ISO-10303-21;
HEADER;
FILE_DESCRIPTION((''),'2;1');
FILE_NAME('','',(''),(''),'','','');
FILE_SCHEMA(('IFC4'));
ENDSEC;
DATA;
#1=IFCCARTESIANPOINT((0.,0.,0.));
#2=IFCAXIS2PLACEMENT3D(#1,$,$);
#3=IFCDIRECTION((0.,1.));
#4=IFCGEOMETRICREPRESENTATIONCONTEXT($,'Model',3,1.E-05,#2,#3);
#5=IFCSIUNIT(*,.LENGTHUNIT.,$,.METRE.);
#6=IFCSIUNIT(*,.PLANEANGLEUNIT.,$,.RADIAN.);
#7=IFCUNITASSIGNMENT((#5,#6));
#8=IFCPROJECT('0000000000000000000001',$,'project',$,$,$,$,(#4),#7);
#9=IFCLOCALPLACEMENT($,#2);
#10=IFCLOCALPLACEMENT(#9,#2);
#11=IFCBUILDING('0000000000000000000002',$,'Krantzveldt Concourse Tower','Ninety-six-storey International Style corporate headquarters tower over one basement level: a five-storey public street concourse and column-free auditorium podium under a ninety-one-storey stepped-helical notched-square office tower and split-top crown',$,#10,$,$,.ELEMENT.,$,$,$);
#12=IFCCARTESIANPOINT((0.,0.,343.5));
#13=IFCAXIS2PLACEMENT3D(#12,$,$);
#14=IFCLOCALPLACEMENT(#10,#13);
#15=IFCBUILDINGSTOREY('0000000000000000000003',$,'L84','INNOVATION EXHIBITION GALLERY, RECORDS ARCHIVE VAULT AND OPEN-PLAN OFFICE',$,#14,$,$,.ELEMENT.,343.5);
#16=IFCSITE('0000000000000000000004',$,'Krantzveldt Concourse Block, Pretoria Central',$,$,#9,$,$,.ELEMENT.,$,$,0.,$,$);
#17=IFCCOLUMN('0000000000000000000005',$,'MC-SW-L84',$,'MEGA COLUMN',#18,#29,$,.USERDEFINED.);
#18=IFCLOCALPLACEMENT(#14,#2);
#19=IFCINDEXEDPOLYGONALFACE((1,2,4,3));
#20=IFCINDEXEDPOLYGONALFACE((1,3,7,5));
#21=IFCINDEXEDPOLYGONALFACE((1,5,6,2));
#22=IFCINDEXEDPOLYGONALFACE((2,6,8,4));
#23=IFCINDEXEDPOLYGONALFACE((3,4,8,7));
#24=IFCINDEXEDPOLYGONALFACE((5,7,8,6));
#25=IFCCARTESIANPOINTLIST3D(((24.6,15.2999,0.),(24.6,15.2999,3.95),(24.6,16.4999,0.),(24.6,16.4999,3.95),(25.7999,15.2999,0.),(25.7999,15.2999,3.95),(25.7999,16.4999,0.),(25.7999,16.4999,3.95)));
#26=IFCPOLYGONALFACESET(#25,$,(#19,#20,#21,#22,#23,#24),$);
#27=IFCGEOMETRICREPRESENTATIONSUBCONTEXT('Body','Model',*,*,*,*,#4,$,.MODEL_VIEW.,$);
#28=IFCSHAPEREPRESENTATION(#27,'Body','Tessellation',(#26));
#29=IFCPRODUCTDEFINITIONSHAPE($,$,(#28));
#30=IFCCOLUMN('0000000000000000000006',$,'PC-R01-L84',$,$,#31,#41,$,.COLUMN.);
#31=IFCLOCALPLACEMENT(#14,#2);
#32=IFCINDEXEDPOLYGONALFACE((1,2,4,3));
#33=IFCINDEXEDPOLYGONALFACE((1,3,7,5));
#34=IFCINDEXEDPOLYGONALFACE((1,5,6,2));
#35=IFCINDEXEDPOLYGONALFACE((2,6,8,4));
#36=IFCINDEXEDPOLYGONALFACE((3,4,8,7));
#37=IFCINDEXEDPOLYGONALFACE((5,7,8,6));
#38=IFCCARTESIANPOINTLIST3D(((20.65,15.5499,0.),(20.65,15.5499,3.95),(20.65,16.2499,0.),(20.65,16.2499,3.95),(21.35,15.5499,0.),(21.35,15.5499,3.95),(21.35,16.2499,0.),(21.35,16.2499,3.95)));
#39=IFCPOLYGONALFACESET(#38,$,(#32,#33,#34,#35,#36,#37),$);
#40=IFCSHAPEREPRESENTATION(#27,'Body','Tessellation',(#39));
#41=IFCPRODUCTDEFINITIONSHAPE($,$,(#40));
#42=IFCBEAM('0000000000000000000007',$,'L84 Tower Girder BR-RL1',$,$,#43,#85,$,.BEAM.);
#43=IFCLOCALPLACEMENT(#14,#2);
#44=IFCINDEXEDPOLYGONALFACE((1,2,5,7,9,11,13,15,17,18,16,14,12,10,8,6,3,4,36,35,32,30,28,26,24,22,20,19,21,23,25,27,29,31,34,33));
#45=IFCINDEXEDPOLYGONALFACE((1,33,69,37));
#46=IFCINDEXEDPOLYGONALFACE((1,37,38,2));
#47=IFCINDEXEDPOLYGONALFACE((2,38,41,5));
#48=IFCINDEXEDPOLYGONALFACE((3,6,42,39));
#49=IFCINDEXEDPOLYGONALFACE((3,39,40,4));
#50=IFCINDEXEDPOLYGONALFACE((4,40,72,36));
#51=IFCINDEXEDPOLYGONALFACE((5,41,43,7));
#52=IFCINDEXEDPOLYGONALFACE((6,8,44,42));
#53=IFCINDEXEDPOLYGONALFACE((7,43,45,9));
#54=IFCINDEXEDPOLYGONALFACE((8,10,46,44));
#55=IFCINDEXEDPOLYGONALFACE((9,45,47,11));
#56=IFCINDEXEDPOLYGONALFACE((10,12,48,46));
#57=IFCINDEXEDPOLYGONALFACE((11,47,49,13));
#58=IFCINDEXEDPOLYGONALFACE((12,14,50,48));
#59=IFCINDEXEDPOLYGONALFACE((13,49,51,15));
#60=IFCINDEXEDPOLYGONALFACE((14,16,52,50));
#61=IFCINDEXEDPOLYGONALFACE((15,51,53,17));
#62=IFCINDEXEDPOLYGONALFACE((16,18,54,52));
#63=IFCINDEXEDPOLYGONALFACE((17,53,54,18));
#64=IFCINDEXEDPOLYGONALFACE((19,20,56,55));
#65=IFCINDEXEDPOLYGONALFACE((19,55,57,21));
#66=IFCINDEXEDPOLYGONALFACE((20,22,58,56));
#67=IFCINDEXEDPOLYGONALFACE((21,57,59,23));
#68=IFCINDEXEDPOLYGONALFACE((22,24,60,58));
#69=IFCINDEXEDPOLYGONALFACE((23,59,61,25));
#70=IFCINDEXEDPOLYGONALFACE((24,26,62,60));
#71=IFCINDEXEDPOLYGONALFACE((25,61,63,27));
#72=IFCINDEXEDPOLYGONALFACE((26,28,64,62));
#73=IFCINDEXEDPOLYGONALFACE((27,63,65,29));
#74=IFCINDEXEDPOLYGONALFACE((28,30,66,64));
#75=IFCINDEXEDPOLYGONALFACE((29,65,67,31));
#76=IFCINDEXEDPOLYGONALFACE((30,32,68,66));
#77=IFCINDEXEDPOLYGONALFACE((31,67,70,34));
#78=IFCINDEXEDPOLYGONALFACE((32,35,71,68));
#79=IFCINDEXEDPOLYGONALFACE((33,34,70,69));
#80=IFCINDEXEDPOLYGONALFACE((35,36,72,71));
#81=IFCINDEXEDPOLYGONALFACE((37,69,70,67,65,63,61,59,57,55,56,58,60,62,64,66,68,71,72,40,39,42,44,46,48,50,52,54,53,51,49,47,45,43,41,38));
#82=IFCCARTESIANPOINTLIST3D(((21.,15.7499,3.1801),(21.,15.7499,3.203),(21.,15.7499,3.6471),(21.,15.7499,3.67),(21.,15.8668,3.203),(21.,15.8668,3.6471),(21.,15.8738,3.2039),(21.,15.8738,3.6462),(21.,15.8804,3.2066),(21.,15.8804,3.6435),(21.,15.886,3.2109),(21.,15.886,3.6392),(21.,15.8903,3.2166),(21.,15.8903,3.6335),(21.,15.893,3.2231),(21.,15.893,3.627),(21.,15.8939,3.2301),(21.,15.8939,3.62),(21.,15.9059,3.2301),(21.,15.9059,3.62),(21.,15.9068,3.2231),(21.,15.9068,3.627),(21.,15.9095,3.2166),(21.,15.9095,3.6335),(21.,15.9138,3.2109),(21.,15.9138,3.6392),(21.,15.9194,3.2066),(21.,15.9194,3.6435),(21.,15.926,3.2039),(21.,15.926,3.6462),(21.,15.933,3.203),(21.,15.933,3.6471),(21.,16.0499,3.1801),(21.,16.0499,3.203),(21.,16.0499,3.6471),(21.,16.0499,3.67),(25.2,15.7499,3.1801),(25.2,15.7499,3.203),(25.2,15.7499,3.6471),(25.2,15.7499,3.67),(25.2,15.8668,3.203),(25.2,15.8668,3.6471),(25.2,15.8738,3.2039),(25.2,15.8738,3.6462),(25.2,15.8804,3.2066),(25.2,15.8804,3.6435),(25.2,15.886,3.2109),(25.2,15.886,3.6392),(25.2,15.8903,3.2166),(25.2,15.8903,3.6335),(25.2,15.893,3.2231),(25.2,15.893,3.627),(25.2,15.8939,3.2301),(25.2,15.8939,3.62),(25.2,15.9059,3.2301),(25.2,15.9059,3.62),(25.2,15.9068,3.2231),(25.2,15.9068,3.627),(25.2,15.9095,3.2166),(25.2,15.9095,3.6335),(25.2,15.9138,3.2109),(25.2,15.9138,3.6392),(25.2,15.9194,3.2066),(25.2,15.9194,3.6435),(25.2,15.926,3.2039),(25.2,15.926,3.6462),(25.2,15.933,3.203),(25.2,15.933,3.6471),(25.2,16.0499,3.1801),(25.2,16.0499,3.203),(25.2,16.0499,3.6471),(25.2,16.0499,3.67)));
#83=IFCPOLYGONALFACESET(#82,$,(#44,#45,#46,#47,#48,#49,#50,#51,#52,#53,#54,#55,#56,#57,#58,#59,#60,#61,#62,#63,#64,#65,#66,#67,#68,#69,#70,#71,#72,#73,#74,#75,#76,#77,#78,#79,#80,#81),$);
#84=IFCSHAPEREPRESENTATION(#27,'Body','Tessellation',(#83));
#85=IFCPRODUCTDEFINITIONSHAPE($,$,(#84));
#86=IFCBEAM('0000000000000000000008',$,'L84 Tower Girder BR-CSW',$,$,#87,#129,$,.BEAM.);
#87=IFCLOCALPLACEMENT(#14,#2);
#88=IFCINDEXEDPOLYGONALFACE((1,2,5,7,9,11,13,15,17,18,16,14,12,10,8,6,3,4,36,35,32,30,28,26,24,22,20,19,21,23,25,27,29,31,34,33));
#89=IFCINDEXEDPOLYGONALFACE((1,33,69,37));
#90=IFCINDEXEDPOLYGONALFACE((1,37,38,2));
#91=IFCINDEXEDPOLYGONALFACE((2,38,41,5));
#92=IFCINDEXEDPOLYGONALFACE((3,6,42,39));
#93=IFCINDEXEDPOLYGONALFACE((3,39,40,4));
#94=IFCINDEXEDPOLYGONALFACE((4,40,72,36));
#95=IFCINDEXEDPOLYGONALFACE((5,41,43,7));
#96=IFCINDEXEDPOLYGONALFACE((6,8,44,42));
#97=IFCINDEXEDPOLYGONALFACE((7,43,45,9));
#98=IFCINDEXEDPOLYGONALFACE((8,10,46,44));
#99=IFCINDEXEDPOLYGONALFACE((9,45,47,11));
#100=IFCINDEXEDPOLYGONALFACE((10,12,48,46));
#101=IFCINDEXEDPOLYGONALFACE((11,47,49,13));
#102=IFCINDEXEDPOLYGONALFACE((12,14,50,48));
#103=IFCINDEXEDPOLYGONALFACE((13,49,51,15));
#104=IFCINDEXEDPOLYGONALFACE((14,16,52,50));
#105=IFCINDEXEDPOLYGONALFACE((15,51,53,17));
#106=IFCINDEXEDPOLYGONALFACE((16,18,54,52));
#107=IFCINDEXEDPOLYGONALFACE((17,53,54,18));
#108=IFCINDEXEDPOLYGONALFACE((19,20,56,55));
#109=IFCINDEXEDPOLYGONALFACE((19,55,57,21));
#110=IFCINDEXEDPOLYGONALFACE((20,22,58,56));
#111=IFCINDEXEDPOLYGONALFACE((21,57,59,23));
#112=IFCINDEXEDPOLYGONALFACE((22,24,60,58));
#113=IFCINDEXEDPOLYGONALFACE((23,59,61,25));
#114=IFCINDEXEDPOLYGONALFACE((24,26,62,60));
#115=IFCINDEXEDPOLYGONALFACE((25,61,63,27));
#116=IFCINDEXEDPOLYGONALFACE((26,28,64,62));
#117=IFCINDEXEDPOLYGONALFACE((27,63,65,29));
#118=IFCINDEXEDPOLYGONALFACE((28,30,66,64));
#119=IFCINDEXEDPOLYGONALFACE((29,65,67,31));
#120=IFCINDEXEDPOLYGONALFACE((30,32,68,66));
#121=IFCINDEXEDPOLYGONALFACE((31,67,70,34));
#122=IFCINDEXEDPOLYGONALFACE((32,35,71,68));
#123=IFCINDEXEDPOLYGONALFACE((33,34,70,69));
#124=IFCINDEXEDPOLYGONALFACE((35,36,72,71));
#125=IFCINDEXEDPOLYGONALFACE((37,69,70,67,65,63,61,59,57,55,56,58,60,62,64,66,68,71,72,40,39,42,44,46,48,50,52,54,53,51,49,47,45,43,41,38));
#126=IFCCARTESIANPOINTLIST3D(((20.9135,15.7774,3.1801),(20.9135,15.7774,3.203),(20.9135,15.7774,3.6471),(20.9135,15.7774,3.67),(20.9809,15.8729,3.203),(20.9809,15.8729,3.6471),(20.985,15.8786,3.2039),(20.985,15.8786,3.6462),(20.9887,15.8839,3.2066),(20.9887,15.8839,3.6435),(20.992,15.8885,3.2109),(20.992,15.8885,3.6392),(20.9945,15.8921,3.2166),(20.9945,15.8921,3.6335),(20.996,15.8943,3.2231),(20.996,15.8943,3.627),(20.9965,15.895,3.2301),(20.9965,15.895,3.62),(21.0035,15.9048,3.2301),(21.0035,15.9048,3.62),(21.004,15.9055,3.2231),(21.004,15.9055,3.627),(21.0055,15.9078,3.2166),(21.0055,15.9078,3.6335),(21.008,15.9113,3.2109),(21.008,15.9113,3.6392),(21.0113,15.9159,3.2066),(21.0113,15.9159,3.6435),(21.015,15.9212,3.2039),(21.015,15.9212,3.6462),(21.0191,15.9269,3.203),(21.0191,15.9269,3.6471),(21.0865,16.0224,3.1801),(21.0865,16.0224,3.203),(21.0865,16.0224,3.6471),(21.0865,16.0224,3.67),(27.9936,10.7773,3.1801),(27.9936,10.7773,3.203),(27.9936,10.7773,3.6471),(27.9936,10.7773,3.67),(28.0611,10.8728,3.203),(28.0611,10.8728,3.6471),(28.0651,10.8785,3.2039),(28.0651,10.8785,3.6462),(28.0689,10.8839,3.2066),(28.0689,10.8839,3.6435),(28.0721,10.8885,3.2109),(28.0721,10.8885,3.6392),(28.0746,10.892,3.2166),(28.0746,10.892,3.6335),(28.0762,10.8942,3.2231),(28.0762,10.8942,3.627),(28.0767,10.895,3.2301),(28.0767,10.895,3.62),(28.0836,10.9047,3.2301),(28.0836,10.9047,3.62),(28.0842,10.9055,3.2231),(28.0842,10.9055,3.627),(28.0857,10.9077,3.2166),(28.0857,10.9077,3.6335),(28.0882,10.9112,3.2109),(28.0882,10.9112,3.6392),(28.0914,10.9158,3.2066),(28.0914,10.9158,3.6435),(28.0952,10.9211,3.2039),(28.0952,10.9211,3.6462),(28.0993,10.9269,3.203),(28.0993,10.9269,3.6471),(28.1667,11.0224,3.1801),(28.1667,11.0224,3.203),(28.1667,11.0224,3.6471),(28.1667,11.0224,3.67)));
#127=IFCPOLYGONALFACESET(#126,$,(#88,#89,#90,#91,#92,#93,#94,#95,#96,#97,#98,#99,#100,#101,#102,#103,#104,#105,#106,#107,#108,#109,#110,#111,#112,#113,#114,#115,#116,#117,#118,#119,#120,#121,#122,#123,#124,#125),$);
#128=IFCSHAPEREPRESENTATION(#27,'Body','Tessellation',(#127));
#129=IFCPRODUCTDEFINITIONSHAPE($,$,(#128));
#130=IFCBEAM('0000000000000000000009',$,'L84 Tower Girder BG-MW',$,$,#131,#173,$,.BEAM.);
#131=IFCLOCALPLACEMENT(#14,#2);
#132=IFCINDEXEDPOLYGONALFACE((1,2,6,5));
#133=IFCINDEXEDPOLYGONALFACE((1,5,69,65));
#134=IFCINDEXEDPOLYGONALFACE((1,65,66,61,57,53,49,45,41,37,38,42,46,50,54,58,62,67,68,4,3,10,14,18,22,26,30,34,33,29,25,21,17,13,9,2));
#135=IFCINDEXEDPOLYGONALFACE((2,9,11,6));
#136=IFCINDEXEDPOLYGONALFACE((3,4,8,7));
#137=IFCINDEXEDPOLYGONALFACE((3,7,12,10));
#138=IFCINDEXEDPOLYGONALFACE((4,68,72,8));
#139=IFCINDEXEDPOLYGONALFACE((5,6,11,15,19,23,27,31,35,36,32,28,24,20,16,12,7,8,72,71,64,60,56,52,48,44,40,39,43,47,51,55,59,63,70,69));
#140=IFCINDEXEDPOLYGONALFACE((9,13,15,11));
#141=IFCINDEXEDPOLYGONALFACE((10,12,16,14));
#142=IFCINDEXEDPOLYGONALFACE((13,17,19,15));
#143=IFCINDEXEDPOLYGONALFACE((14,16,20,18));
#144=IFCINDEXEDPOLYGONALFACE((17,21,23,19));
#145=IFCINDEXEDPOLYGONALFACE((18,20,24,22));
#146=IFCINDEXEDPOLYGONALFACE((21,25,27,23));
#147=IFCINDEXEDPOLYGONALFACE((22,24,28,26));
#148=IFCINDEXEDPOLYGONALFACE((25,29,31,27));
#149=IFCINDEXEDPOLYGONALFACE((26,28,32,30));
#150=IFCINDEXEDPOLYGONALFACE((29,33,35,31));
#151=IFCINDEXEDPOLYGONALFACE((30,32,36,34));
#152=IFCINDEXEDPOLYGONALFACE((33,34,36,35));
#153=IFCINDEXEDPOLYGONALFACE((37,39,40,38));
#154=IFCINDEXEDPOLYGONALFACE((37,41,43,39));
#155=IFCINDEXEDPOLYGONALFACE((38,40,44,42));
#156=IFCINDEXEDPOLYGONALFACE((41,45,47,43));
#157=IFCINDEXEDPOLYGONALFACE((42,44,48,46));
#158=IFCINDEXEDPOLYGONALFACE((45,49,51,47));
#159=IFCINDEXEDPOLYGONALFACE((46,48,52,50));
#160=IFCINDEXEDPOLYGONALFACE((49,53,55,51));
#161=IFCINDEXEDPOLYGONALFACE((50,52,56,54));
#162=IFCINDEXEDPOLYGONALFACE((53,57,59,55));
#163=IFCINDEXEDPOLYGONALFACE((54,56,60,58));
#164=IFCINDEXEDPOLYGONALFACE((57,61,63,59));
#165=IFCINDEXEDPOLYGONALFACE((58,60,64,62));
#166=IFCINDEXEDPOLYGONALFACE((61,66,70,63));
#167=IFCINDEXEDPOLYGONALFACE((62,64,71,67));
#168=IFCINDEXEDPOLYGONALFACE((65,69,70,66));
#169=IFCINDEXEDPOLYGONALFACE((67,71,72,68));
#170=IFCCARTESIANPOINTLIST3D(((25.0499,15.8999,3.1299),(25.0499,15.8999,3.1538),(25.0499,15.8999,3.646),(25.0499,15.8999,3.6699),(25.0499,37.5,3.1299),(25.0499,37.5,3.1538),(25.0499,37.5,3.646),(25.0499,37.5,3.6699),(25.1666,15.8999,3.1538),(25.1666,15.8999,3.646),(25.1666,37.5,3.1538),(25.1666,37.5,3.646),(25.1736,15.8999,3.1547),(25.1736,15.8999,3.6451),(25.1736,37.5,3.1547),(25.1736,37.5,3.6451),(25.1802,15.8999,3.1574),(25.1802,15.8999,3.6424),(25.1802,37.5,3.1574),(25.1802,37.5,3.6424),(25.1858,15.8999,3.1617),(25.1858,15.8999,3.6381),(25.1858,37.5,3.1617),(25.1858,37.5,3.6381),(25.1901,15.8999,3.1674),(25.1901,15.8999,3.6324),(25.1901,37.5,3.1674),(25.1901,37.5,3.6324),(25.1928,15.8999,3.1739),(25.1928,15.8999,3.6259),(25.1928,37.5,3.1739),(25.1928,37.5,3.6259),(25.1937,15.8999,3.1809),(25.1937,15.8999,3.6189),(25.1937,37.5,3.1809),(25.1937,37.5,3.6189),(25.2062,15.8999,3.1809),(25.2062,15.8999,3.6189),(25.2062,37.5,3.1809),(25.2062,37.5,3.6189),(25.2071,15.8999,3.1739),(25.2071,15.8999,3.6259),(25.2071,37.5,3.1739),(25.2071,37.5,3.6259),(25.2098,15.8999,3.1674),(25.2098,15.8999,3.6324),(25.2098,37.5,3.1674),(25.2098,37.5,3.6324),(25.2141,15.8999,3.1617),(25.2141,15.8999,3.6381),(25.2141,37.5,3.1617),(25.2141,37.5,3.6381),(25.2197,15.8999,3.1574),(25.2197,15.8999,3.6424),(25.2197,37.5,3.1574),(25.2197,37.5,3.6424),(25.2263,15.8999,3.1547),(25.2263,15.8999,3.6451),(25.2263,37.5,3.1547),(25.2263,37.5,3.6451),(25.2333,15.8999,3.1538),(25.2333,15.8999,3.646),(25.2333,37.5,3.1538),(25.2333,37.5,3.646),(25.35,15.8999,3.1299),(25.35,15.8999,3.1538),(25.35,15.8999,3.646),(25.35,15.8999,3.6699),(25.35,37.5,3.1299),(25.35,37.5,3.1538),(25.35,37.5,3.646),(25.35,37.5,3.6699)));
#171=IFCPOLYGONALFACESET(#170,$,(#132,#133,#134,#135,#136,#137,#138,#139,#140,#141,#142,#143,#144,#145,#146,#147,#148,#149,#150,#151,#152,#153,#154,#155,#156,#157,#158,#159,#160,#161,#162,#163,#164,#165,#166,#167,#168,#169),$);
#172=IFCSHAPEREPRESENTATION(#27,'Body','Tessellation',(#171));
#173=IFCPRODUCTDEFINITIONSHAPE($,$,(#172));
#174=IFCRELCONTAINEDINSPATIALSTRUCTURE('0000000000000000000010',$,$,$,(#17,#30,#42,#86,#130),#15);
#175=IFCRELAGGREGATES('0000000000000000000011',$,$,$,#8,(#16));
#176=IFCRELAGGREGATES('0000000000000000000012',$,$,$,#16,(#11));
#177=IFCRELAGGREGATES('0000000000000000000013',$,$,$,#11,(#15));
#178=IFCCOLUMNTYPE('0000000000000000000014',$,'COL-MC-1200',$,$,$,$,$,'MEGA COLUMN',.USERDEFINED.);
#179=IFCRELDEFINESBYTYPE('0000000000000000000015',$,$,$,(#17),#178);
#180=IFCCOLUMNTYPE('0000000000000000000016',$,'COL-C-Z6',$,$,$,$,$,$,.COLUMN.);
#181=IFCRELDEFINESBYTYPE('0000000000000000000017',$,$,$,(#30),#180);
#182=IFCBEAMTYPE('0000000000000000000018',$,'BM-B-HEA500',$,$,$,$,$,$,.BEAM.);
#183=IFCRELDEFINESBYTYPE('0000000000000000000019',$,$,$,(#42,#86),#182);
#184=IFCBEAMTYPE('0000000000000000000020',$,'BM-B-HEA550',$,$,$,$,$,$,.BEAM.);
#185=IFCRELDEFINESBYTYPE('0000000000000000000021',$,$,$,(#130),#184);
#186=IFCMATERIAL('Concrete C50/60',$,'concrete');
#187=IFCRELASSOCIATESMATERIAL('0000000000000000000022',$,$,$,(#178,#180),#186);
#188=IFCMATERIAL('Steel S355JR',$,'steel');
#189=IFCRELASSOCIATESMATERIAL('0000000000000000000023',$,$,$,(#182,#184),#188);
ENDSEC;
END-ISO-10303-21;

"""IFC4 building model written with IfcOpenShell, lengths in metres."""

from ifc_helpers import new_model, si_unit, direction, frame, origin, origin_2d, place, context, subcontext, project, spatial, rectangle, i_section, extrude, source, transform, mapped, material, material_profile, profile_set, type_object, type_shapes, element, save


model = new_model("IFC4")

# Units and contexts
model_context = context("Model", 3, precision=1e-05, world=origin(), true_north=direction((0.0, 1.0)))
body_context = subcontext(model_context, "Body", "Model", "MODEL_VIEW")
ifc_project = project(units=[si_unit("LENGTHUNIT", "METRE"), si_unit("PLANEANGLEUNIT", "RADIAN")], contexts=[model_context])

# Site, building, storey
site_placement = place(None, origin())
site = spatial("IfcSite", under=ifc_project, at=site_placement, Name="Krantzveldt Concourse Block, Pretoria Central", CompositionType="ELEMENT", RefElevation=0.0)
building_placement = place(site_placement, origin())
building = spatial("IfcBuilding", under=site, at=building_placement, Name="Krantzveldt Concourse Tower", Description="Ninety-six-storey International Style corporate headquarters tower over one basement level: a five-storey public street concourse and column-free auditorium podium under a ninety-one-storey stepped-helical notched-square office tower and split-top crown", CompositionType="ELEMENT")
storey_placement = place(building_placement, frame((0.0, 0.0, 343.5)))
storey = spatial("IfcBuildingStorey", under=building, at=storey_placement, Name="L84", Description="INNOVATION EXHIBITION GALLERY, RECORDS ARCHIVE VAULT AND OPEN-PLAN OFFICE", CompositionType="ELEMENT", Elevation=343.5)

# Columns
ifc_material_1 = material(Name="Concrete C50/60", Category="concrete")
ifc_material_profile_1 = material_profile(ifc_material_1, rectangle(XDim=1.2, YDim=1.2, at=origin_2d()), Name="Concrete C50/60", Category="concrete")
ifc_profile_set_1 = profile_set([ifc_material_profile_1], Name="Concrete C50/60 - RC 1200x1200")
column_type_1 = type_object("IfcColumnType", Name="COL-MC-1200", ElementType="MEGA COLUMN", PredefinedType="USERDEFINED", material=ifc_profile_set_1)
shared_shape_1 = source(origin(), body_context, "Body", "SweptSolid", [
    extrude(rectangle(XDim=1.2, YDim=1.2, at=origin_2d()), origin(), (0.0, 0.0, 1.0), 3.95),
])
type_shapes(column_type_1, [shared_shape_1])
column_1_placement = place(storey_placement, frame((25.2, 15.8999, 0.0), z_axis=(0.0, 0.0, 1.0), x_axis=(1.0, 0.0, 0.0)))
element("IfcColumn", 1, at=column_1_placement, inside=storey, type_object=column_type_1, Name="MC-SW-L84", ObjectType="MEGA COLUMN", PredefinedType="USERDEFINED", context=body_context, shape_type="MappedRepresentation", body=[
    mapped(shared_shape_1, transform((0.0, 0.0, 0.0), x_axis=(1.0, 0.0, 0.0), y_axis=(0.0, 1.0, 0.0), z_axis=(0.0, 0.0, 1.0), scale=1.0)),
])
ifc_material_profile_2 = material_profile(ifc_material_1, rectangle(XDim=0.7, YDim=0.7, at=origin_2d()), Name="Concrete C50/60", Category="concrete")
ifc_profile_set_2 = profile_set([ifc_material_profile_2], Name="Concrete C50/60 - RC 700x700")
column_type_2 = type_object("IfcColumnType", Name="COL-C-Z6", PredefinedType="COLUMN", material=ifc_profile_set_2)
shared_shape_2 = source(origin(), body_context, "Body", "SweptSolid", [
    extrude(rectangle(XDim=0.7, YDim=0.7, at=origin_2d()), origin(), (0.0, 0.0, 1.0), 3.95),
])
type_shapes(column_type_2, [shared_shape_2])
column_2_placement = place(storey_placement, frame((21.0, 15.8999, 0.0), z_axis=(0.0, 0.0, 1.0), x_axis=(1.0, 0.0, 0.0)))
element("IfcColumn", 2, at=column_2_placement, inside=storey, type_object=column_type_2, Name="PC-R01-L84", PredefinedType="COLUMN", context=body_context, shape_type="MappedRepresentation", body=[
    mapped(shared_shape_2, transform((0.0, 0.0, 0.0), x_axis=(1.0, 0.0, 0.0), y_axis=(0.0, 1.0, 0.0), z_axis=(0.0, 0.0, 1.0), scale=1.0)),
])

# Beams
ifc_material_2 = material(Name="Steel S355JR", Category="steel")
ifc_material_profile_3 = material_profile(ifc_material_2, i_section(OverallWidth=0.3, OverallDepth=0.49, WebThickness=0.012, FlangeThickness=0.0229, FilletRadius=0.0271, at=origin_2d()), Name="Steel S355JR", Category="steel")
ifc_profile_set_3 = profile_set([ifc_material_profile_3], Name="Steel S355JR - HEA 500")
beam_type_1 = type_object("IfcBeamType", Name="BM-B-HEA500", PredefinedType="BEAM", material=ifc_profile_set_3)
shared_shape_3 = source(origin(), body_context, "Body", "SweptSolid", [
    extrude(i_section(OverallWidth=0.3, OverallDepth=0.49, WebThickness=0.012, FlangeThickness=0.0229, FilletRadius=0.0271, at=origin_2d()), origin(), (0.0, 0.0, 1.0), 4.2),
])
beam_1_placement = place(storey_placement, frame((21.0, 15.8999, 3.425), z_axis=(1.0, 0.0, 0.0), x_axis=(0.0, 1.0, 0.0)))
element("IfcBeam", 3, at=beam_1_placement, inside=storey, type_object=beam_type_1, Name="L84 Tower Girder BR-RL1", PredefinedType="BEAM", context=body_context, shape_type="MappedRepresentation", body=[
    mapped(shared_shape_3, transform((0.0, 0.0, 0.0), x_axis=(1.0, 0.0, 0.0), y_axis=(0.0, 1.0, 0.0), z_axis=(0.0, 0.0, 1.0), scale=1.0)),
])
shared_shape_4 = source(origin(), body_context, "Body", "SweptSolid", [
    extrude(i_section(OverallWidth=0.3, OverallDepth=0.49, WebThickness=0.012, FlangeThickness=0.0229, FilletRadius=0.0271, at=origin_2d()), origin(), (0.0, 0.0, 1.0), 8.6677),
])
type_shapes(beam_type_1, [shared_shape_3, shared_shape_4])
beam_2_placement = place(storey_placement, frame((21.0, 15.8999, 3.425), z_axis=(0.816843, -0.57686, 0.0), x_axis=(0.57686, 0.816843, 0.0)))
element("IfcBeam", 4, at=beam_2_placement, inside=storey, type_object=beam_type_1, Name="L84 Tower Girder BR-CSW", PredefinedType="BEAM", context=body_context, shape_type="MappedRepresentation", body=[
    mapped(shared_shape_4, transform((0.0, 0.0, 0.0), x_axis=(1.0, 0.0, 0.0), y_axis=(0.0, 1.0, 0.0), z_axis=(0.0, 0.0, 1.0), scale=1.0)),
])
ifc_material_profile_4 = material_profile(ifc_material_2, i_section(OverallWidth=0.3, OverallDepth=0.54, WebThickness=0.0125, FlangeThickness=0.0239, FilletRadius=0.0271, at=origin_2d()), Name="Steel S355JR", Category="steel")
ifc_profile_set_4 = profile_set([ifc_material_profile_4], Name="Steel S355JR - HEA 550")
beam_type_2 = type_object("IfcBeamType", Name="BM-B-HEA550", PredefinedType="BEAM", material=ifc_profile_set_4)
shared_shape_5 = source(origin(), body_context, "Body", "SweptSolid", [
    extrude(i_section(OverallWidth=0.3, OverallDepth=0.54, WebThickness=0.0125, FlangeThickness=0.0239, FilletRadius=0.0271, at=origin_2d()), origin(), (0.0, 0.0, 1.0), 21.6001),
])
beam_3_placement = place(storey_placement, frame((25.2, 15.8999, 3.3999), z_axis=(0.0, 1.0, 0.0), x_axis=(-1.0, 0.0, 0.0)))
element("IfcBeam", 5, at=beam_3_placement, inside=storey, type_object=beam_type_2, Name="L84 Tower Girder BG-MW", PredefinedType="BEAM", context=body_context, shape_type="MappedRepresentation", body=[
    mapped(shared_shape_5, transform((0.0, 0.0, 0.0), x_axis=(1.0, 0.0, 0.0), y_axis=(0.0, 1.0, 0.0), z_axis=(0.0, 0.0, 1.0), scale=1.0)),
])

save(model, "model.ifc")
